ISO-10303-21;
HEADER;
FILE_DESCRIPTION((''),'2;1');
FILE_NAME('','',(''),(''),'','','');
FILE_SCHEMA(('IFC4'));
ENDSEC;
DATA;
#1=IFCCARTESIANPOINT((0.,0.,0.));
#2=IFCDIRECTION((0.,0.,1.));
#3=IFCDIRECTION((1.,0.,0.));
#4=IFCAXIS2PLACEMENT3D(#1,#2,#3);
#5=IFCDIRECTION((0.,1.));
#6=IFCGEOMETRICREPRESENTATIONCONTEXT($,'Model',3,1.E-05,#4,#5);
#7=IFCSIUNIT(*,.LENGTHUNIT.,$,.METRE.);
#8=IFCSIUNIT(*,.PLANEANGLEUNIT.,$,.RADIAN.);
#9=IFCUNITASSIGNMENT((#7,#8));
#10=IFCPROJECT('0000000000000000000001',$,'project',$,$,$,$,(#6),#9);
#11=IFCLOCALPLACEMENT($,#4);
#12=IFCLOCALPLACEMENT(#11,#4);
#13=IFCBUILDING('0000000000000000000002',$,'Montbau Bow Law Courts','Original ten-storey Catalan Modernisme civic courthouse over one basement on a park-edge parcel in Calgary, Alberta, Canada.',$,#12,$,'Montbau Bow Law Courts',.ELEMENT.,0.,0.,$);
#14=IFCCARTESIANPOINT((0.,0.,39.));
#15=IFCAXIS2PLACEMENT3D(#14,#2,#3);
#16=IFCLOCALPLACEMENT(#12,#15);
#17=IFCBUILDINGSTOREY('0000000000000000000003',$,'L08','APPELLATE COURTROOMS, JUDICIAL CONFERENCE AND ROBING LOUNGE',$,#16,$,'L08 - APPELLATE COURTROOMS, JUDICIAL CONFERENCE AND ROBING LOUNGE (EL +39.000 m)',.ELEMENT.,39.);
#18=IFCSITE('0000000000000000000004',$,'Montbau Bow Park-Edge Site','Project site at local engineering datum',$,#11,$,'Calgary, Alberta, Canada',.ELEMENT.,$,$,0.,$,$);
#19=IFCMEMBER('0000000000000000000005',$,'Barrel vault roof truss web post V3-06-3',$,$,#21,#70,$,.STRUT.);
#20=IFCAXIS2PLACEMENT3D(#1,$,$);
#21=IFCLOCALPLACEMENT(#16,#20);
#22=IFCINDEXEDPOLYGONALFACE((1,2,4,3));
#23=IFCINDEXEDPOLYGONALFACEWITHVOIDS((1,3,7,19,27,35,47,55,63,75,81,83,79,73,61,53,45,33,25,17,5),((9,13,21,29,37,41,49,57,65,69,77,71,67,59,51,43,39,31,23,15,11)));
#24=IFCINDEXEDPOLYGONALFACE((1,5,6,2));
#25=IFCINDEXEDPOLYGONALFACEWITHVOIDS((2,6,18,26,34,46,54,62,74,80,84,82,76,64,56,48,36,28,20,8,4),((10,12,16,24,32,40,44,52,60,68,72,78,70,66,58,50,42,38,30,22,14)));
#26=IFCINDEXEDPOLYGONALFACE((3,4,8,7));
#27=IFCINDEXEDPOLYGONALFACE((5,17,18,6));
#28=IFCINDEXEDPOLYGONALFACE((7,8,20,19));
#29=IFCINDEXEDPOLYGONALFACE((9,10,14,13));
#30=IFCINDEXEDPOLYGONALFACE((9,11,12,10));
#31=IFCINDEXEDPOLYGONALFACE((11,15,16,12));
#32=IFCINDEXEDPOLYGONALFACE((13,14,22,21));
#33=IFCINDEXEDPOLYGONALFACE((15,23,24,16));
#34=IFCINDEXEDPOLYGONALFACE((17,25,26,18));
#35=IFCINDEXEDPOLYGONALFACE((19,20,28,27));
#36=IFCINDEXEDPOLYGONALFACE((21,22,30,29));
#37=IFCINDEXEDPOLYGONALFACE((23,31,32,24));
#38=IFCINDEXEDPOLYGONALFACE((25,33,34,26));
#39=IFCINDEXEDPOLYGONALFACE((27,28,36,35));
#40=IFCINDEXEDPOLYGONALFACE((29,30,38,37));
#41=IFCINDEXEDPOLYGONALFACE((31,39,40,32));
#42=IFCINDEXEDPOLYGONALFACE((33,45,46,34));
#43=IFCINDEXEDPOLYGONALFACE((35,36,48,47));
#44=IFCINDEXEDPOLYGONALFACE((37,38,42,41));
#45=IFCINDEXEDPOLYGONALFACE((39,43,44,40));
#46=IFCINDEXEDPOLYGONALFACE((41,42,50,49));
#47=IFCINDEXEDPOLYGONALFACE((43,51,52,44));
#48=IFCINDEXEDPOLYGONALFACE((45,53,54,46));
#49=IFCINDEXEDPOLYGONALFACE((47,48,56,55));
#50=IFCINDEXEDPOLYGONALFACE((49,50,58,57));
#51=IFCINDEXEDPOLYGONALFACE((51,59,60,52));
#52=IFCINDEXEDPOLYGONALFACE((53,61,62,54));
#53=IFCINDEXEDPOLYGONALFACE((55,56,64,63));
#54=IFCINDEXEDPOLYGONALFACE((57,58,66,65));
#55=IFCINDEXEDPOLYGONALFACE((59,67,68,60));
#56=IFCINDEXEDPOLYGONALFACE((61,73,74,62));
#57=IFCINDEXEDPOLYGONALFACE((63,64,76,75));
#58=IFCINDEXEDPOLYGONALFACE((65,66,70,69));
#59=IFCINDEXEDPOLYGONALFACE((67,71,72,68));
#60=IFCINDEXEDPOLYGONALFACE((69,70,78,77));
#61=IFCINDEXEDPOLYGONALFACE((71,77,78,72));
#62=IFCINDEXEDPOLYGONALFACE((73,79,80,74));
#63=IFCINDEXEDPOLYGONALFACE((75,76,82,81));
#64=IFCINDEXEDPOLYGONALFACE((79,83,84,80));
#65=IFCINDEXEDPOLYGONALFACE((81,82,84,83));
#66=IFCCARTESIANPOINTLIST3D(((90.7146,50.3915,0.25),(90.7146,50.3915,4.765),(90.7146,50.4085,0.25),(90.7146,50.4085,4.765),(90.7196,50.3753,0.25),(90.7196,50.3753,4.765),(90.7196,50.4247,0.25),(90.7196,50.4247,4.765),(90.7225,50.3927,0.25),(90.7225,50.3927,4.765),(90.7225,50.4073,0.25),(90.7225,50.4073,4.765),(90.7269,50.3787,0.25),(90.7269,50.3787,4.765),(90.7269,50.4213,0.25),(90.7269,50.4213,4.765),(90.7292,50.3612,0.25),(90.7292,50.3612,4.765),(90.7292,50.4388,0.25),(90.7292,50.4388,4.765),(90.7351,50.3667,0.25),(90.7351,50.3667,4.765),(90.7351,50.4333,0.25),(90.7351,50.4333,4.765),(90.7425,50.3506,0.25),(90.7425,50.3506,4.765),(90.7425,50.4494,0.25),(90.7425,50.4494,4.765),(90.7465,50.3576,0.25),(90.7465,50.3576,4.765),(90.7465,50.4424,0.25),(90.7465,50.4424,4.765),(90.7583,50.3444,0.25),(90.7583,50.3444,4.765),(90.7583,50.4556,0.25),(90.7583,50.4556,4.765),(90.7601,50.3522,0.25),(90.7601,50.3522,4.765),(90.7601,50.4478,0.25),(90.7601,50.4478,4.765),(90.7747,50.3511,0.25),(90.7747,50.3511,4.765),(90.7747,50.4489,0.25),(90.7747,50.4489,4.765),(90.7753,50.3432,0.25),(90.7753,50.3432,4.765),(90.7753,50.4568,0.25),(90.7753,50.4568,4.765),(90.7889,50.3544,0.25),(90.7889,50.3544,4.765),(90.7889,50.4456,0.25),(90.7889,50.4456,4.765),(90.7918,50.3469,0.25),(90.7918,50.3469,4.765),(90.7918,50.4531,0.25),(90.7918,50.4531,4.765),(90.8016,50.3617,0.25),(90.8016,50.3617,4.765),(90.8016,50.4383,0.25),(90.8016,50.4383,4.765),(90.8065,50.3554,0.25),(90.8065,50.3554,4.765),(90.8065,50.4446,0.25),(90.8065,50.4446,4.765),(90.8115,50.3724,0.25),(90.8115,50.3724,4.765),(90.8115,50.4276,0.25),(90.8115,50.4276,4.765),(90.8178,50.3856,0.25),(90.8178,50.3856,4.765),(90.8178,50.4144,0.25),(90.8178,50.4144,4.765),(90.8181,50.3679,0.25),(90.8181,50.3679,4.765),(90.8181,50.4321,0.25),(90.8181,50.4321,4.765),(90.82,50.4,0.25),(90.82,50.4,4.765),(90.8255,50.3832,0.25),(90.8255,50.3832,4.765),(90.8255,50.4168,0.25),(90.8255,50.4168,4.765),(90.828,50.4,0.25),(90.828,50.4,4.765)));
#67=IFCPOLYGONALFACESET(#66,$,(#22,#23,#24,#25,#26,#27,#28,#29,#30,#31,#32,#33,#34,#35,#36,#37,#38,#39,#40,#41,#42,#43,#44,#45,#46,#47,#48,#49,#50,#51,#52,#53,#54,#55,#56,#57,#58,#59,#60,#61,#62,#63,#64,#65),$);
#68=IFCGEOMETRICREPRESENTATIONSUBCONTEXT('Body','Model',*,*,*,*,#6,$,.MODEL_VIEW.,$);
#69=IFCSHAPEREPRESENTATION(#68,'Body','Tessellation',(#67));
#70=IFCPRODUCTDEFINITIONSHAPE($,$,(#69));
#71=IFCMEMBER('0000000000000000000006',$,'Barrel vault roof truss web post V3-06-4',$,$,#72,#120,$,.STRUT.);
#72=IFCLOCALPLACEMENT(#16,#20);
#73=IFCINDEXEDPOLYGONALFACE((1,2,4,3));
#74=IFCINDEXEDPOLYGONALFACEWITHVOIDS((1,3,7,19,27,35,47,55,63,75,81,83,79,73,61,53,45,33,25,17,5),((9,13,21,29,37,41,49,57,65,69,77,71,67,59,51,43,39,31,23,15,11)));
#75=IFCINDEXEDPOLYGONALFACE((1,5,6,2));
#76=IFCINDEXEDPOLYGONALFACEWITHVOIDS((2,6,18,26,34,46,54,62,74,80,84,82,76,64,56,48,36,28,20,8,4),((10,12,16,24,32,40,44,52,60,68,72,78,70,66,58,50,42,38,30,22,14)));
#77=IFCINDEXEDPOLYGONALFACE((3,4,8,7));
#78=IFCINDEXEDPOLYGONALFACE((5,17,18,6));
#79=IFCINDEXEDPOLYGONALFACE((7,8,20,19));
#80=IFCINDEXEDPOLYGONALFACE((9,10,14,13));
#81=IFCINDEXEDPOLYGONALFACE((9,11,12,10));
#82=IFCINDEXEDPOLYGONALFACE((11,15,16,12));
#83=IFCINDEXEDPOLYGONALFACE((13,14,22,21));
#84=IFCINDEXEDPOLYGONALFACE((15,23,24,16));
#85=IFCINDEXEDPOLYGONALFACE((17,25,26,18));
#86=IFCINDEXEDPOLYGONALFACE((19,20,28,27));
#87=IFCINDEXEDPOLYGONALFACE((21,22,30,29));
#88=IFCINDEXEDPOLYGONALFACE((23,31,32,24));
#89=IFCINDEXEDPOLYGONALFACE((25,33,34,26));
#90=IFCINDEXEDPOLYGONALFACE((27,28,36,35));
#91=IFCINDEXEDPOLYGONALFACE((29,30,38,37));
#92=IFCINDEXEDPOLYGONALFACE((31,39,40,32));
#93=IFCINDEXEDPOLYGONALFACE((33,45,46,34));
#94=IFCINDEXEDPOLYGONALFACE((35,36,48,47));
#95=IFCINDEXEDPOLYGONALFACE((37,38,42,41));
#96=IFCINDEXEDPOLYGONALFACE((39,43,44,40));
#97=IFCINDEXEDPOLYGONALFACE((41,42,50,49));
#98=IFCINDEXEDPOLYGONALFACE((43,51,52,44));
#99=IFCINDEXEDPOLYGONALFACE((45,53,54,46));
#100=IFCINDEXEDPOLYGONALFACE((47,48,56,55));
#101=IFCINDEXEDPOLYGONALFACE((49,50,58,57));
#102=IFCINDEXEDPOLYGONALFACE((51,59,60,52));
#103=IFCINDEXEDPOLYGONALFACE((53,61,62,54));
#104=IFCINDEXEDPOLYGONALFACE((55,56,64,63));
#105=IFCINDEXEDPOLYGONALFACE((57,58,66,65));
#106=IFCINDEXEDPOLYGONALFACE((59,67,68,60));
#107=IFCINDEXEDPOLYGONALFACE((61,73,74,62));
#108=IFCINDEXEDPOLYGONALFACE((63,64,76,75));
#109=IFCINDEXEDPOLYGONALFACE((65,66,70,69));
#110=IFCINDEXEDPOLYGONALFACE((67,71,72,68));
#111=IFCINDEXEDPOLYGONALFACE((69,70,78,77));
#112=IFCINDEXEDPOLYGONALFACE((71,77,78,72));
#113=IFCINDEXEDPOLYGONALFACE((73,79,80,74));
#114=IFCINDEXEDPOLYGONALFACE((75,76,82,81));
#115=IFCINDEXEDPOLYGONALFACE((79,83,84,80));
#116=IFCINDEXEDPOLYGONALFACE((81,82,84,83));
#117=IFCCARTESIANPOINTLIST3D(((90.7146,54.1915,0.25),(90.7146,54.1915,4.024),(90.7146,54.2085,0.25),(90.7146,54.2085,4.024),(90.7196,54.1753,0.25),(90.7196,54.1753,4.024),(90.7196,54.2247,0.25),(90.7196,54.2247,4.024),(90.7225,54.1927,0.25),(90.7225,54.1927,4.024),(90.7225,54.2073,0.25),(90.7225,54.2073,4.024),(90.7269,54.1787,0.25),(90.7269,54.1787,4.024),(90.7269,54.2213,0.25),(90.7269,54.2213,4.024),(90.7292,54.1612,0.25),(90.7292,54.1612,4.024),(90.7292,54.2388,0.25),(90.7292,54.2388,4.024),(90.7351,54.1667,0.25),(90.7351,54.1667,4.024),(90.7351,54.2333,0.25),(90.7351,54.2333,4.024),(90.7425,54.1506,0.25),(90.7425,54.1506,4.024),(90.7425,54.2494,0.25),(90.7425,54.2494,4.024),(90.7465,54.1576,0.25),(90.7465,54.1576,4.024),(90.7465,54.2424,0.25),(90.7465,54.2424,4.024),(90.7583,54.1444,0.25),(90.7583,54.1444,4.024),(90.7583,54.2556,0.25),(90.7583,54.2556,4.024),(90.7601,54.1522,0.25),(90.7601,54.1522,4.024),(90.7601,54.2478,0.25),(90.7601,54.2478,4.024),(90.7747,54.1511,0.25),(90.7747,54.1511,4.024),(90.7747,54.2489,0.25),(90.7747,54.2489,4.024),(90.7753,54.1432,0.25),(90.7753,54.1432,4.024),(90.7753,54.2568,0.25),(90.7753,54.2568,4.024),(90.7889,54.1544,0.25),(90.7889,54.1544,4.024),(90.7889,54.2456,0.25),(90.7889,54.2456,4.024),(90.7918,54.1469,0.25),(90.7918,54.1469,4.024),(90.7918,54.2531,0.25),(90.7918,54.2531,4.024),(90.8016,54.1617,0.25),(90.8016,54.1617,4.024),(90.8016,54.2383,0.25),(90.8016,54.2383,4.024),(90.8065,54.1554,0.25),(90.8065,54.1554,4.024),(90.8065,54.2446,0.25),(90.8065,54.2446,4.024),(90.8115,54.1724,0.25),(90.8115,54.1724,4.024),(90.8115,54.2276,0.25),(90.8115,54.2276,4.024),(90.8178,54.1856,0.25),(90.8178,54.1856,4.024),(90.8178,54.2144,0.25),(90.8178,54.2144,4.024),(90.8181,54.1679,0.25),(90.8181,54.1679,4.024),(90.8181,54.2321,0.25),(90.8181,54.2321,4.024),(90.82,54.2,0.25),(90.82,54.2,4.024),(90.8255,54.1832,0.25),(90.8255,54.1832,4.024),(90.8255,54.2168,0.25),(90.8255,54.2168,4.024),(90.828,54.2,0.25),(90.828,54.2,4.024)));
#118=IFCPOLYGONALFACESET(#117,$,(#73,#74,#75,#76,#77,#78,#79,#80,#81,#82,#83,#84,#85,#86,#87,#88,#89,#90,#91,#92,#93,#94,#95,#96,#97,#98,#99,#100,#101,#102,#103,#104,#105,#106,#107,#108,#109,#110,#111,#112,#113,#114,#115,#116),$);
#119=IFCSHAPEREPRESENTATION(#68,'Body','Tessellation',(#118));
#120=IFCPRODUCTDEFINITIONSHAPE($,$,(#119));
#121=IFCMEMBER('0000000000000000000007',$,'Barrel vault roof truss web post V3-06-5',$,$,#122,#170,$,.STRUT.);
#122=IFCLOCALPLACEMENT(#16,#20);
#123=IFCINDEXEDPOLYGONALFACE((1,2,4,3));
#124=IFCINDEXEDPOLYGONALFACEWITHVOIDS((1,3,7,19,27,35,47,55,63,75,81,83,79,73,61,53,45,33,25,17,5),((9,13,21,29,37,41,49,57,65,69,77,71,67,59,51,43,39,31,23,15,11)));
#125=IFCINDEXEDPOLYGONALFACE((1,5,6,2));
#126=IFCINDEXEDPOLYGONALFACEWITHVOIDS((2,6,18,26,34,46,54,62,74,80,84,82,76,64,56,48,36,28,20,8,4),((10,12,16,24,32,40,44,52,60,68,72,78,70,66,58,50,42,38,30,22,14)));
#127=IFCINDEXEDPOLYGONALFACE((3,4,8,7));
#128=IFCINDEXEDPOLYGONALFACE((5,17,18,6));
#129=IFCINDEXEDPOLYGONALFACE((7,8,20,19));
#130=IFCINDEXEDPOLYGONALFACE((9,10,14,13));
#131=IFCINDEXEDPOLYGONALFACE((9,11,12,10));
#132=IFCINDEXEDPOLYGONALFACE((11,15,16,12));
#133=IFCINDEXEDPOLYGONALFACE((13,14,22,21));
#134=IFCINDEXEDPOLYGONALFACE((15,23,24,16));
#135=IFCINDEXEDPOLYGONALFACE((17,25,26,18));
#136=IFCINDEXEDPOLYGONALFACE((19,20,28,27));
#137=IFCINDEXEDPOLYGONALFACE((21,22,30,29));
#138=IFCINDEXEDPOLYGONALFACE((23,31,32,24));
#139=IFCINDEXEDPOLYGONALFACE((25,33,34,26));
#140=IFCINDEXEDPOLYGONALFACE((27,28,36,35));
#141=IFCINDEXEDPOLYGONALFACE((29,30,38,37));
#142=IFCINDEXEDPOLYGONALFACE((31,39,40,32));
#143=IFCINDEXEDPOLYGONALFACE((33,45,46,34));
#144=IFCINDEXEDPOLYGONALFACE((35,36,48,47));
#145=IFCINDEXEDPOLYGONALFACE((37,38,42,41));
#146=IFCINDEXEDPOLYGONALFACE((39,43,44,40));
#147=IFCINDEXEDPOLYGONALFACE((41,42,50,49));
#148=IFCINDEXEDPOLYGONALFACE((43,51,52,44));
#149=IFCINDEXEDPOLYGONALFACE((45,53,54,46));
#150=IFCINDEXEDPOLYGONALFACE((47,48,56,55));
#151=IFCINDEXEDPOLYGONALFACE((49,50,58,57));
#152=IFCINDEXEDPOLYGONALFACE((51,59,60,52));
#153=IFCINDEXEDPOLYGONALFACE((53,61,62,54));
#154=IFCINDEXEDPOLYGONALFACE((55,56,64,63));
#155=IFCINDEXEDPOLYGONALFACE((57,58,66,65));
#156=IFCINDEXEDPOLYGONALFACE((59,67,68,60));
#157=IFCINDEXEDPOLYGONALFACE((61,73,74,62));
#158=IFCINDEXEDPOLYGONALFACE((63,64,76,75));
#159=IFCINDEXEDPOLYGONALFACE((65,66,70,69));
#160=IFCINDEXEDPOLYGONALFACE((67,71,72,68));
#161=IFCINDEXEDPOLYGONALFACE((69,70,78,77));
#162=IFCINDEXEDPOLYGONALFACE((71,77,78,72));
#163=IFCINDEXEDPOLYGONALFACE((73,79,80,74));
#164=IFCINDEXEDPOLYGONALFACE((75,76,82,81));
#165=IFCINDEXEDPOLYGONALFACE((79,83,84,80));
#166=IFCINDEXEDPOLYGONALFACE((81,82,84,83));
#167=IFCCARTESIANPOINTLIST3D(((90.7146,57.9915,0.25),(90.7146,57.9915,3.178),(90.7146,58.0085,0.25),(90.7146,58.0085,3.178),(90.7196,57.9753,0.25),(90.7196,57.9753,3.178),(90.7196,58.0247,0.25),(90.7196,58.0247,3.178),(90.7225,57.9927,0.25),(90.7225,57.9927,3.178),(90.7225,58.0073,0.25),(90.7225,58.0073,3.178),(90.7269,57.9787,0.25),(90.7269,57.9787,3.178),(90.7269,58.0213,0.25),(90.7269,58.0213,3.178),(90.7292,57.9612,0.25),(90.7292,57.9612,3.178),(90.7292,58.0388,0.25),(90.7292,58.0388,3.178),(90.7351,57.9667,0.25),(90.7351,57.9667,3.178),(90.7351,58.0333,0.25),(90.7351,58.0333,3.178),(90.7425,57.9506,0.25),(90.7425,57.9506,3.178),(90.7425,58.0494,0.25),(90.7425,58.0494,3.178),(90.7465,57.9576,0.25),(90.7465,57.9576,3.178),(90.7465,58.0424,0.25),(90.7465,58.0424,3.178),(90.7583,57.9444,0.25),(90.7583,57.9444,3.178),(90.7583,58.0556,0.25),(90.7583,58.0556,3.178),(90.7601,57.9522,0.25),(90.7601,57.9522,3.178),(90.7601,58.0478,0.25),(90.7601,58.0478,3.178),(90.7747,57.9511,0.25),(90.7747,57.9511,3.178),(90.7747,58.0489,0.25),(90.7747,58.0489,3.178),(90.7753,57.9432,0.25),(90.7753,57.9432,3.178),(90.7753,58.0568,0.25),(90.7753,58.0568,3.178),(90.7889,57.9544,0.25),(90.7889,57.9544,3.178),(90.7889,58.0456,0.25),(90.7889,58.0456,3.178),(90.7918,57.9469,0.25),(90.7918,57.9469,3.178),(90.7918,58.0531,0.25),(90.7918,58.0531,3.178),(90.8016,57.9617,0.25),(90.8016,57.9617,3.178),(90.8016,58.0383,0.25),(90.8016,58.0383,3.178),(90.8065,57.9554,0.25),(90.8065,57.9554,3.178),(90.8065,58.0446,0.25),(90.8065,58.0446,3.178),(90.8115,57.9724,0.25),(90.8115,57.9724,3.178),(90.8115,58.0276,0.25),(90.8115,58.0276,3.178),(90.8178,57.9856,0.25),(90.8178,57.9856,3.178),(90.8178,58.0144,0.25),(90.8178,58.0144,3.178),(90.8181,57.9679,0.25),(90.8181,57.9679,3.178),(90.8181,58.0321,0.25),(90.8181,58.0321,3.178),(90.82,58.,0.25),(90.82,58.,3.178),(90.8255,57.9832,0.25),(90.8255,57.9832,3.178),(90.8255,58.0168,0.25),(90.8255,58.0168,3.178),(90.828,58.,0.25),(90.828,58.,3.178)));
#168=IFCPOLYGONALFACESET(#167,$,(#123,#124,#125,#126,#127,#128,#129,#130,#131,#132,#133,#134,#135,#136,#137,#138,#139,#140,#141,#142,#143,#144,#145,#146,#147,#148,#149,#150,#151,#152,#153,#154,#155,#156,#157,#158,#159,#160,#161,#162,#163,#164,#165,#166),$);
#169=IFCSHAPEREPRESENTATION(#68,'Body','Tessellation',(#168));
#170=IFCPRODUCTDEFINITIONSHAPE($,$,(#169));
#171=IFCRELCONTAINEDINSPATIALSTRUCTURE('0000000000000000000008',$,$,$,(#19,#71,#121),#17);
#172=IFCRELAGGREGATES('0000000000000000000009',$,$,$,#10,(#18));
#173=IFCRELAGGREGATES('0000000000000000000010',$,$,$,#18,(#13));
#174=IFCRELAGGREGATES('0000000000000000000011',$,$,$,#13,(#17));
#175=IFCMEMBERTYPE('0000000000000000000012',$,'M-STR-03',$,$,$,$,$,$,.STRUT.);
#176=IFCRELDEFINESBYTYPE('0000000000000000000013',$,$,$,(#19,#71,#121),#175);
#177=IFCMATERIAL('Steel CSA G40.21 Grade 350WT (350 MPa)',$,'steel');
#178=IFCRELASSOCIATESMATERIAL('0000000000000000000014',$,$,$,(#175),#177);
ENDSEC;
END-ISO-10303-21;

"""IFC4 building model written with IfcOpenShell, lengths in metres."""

from ifc_helpers import new_model, si_unit, direction, frame, origin_with_axes, origin_2d_with_axis, place, context, subcontext, project, spatial, hollow_circle, extrude, material, material_profile, profile_set, type_object, element, save


model = new_model("IFC4")

# Units and contexts
model_context = context("Model", 3, precision=1e-05, world=origin_with_axes(), true_north=direction((0.0, 1.0)))
body_context = subcontext(model_context, "Body", "Model", "MODEL_VIEW")
ifc_project = project(units=[si_unit("LENGTHUNIT", "METRE"), si_unit("PLANEANGLEUNIT", "RADIAN")], contexts=[model_context])

# Site, building, storey
site_placement = place(None, origin_with_axes())
site = spatial("IfcSite", under=ifc_project, at=site_placement, Name="Montbau Bow Park-Edge Site", Description="Project site at local engineering datum", LongName="Calgary, Alberta, Canada", CompositionType="ELEMENT", RefElevation=0.0)
building_placement = place(site_placement, origin_with_axes())
building = spatial("IfcBuilding", under=site, at=building_placement, Name="Montbau Bow Law Courts", Description="Original ten-storey Catalan Modernisme civic courthouse over one basement on a park-edge parcel in Calgary, Alberta, Canada.", LongName="Montbau Bow Law Courts", CompositionType="ELEMENT", ElevationOfRefHeight=0.0, ElevationOfTerrain=0.0)
storey_placement = place(building_placement, frame((0.0, 0.0, 39.0), z_axis=(0.0, 0.0, 1.0), x_axis=(1.0, 0.0, 0.0)))
storey = spatial("IfcBuildingStorey", under=building, at=storey_placement, Name="L08", Description="APPELLATE COURTROOMS, JUDICIAL CONFERENCE AND ROBING LOUNGE", LongName="L08 - APPELLATE COURTROOMS, JUDICIAL CONFERENCE AND ROBING LOUNGE (EL +39.000 m)", CompositionType="ELEMENT", Elevation=39.0)

# Shared definitions
ifc_material_1 = material(Name="Steel CSA G40.21 Grade 350WT (350 MPa)", Category="steel")

# Members
ifc_material_profile_1 = material_profile(ifc_material_1, hollow_circle(Radius=0.057, WallThickness=0.008, at=origin_2d_with_axis()), Name="HSS114X8.0", Category="Main", Priority=0)
ifc_profile_set_1 = profile_set([ifc_material_profile_1], Name="Steel CSA G40.21 Grade 350WT (350 MPa)")
member_type_1 = type_object("IfcMemberType", Name="M-STR-03", PredefinedType="STRUT", material=ifc_profile_set_1)
member_1_placement = place(None, frame((90.771, 50.4, 39.25), z_axis=(0.0, 0.0, 1.0), x_axis=(1.0, 0.0, 0.0)))
element("IfcMember", 1, at=member_1_placement, inside=storey, type_object=member_type_1, Name="Barrel vault roof truss web post V3-06-3", PredefinedType="STRUT", context=body_context, shape_type="SweptSolid", body=[
    extrude(hollow_circle(Radius=0.057, WallThickness=0.008, at=origin_2d_with_axis()), origin_with_axes(), (0.0, 0.0, 1.0), 4.515),
])
member_2_placement = place(None, frame((90.771, 54.2, 39.25), z_axis=(0.0, 0.0, 1.0), x_axis=(1.0, 0.0, 0.0)))
element("IfcMember", 2, at=member_2_placement, inside=storey, type_object=member_type_1, Name="Barrel vault roof truss web post V3-06-4", PredefinedType="STRUT", context=body_context, shape_type="SweptSolid", body=[
    extrude(hollow_circle(Radius=0.057, WallThickness=0.008, at=origin_2d_with_axis()), origin_with_axes(), (0.0, 0.0, 1.0), 3.774),
])
member_3_placement = place(None, frame((90.771, 58.0, 39.25), z_axis=(0.0, 0.0, 1.0), x_axis=(1.0, 0.0, 0.0)))
element("IfcMember", 3, at=member_3_placement, inside=storey, type_object=member_type_1, Name="Barrel vault roof truss web post V3-06-5", PredefinedType="STRUT", context=body_context, shape_type="SweptSolid", body=[
    extrude(hollow_circle(Radius=0.057, WallThickness=0.008, at=origin_2d_with_axis()), origin_with_axes(), (0.0, 0.0, 1.0), 2.928),
])

save(model, "model.ifc")
